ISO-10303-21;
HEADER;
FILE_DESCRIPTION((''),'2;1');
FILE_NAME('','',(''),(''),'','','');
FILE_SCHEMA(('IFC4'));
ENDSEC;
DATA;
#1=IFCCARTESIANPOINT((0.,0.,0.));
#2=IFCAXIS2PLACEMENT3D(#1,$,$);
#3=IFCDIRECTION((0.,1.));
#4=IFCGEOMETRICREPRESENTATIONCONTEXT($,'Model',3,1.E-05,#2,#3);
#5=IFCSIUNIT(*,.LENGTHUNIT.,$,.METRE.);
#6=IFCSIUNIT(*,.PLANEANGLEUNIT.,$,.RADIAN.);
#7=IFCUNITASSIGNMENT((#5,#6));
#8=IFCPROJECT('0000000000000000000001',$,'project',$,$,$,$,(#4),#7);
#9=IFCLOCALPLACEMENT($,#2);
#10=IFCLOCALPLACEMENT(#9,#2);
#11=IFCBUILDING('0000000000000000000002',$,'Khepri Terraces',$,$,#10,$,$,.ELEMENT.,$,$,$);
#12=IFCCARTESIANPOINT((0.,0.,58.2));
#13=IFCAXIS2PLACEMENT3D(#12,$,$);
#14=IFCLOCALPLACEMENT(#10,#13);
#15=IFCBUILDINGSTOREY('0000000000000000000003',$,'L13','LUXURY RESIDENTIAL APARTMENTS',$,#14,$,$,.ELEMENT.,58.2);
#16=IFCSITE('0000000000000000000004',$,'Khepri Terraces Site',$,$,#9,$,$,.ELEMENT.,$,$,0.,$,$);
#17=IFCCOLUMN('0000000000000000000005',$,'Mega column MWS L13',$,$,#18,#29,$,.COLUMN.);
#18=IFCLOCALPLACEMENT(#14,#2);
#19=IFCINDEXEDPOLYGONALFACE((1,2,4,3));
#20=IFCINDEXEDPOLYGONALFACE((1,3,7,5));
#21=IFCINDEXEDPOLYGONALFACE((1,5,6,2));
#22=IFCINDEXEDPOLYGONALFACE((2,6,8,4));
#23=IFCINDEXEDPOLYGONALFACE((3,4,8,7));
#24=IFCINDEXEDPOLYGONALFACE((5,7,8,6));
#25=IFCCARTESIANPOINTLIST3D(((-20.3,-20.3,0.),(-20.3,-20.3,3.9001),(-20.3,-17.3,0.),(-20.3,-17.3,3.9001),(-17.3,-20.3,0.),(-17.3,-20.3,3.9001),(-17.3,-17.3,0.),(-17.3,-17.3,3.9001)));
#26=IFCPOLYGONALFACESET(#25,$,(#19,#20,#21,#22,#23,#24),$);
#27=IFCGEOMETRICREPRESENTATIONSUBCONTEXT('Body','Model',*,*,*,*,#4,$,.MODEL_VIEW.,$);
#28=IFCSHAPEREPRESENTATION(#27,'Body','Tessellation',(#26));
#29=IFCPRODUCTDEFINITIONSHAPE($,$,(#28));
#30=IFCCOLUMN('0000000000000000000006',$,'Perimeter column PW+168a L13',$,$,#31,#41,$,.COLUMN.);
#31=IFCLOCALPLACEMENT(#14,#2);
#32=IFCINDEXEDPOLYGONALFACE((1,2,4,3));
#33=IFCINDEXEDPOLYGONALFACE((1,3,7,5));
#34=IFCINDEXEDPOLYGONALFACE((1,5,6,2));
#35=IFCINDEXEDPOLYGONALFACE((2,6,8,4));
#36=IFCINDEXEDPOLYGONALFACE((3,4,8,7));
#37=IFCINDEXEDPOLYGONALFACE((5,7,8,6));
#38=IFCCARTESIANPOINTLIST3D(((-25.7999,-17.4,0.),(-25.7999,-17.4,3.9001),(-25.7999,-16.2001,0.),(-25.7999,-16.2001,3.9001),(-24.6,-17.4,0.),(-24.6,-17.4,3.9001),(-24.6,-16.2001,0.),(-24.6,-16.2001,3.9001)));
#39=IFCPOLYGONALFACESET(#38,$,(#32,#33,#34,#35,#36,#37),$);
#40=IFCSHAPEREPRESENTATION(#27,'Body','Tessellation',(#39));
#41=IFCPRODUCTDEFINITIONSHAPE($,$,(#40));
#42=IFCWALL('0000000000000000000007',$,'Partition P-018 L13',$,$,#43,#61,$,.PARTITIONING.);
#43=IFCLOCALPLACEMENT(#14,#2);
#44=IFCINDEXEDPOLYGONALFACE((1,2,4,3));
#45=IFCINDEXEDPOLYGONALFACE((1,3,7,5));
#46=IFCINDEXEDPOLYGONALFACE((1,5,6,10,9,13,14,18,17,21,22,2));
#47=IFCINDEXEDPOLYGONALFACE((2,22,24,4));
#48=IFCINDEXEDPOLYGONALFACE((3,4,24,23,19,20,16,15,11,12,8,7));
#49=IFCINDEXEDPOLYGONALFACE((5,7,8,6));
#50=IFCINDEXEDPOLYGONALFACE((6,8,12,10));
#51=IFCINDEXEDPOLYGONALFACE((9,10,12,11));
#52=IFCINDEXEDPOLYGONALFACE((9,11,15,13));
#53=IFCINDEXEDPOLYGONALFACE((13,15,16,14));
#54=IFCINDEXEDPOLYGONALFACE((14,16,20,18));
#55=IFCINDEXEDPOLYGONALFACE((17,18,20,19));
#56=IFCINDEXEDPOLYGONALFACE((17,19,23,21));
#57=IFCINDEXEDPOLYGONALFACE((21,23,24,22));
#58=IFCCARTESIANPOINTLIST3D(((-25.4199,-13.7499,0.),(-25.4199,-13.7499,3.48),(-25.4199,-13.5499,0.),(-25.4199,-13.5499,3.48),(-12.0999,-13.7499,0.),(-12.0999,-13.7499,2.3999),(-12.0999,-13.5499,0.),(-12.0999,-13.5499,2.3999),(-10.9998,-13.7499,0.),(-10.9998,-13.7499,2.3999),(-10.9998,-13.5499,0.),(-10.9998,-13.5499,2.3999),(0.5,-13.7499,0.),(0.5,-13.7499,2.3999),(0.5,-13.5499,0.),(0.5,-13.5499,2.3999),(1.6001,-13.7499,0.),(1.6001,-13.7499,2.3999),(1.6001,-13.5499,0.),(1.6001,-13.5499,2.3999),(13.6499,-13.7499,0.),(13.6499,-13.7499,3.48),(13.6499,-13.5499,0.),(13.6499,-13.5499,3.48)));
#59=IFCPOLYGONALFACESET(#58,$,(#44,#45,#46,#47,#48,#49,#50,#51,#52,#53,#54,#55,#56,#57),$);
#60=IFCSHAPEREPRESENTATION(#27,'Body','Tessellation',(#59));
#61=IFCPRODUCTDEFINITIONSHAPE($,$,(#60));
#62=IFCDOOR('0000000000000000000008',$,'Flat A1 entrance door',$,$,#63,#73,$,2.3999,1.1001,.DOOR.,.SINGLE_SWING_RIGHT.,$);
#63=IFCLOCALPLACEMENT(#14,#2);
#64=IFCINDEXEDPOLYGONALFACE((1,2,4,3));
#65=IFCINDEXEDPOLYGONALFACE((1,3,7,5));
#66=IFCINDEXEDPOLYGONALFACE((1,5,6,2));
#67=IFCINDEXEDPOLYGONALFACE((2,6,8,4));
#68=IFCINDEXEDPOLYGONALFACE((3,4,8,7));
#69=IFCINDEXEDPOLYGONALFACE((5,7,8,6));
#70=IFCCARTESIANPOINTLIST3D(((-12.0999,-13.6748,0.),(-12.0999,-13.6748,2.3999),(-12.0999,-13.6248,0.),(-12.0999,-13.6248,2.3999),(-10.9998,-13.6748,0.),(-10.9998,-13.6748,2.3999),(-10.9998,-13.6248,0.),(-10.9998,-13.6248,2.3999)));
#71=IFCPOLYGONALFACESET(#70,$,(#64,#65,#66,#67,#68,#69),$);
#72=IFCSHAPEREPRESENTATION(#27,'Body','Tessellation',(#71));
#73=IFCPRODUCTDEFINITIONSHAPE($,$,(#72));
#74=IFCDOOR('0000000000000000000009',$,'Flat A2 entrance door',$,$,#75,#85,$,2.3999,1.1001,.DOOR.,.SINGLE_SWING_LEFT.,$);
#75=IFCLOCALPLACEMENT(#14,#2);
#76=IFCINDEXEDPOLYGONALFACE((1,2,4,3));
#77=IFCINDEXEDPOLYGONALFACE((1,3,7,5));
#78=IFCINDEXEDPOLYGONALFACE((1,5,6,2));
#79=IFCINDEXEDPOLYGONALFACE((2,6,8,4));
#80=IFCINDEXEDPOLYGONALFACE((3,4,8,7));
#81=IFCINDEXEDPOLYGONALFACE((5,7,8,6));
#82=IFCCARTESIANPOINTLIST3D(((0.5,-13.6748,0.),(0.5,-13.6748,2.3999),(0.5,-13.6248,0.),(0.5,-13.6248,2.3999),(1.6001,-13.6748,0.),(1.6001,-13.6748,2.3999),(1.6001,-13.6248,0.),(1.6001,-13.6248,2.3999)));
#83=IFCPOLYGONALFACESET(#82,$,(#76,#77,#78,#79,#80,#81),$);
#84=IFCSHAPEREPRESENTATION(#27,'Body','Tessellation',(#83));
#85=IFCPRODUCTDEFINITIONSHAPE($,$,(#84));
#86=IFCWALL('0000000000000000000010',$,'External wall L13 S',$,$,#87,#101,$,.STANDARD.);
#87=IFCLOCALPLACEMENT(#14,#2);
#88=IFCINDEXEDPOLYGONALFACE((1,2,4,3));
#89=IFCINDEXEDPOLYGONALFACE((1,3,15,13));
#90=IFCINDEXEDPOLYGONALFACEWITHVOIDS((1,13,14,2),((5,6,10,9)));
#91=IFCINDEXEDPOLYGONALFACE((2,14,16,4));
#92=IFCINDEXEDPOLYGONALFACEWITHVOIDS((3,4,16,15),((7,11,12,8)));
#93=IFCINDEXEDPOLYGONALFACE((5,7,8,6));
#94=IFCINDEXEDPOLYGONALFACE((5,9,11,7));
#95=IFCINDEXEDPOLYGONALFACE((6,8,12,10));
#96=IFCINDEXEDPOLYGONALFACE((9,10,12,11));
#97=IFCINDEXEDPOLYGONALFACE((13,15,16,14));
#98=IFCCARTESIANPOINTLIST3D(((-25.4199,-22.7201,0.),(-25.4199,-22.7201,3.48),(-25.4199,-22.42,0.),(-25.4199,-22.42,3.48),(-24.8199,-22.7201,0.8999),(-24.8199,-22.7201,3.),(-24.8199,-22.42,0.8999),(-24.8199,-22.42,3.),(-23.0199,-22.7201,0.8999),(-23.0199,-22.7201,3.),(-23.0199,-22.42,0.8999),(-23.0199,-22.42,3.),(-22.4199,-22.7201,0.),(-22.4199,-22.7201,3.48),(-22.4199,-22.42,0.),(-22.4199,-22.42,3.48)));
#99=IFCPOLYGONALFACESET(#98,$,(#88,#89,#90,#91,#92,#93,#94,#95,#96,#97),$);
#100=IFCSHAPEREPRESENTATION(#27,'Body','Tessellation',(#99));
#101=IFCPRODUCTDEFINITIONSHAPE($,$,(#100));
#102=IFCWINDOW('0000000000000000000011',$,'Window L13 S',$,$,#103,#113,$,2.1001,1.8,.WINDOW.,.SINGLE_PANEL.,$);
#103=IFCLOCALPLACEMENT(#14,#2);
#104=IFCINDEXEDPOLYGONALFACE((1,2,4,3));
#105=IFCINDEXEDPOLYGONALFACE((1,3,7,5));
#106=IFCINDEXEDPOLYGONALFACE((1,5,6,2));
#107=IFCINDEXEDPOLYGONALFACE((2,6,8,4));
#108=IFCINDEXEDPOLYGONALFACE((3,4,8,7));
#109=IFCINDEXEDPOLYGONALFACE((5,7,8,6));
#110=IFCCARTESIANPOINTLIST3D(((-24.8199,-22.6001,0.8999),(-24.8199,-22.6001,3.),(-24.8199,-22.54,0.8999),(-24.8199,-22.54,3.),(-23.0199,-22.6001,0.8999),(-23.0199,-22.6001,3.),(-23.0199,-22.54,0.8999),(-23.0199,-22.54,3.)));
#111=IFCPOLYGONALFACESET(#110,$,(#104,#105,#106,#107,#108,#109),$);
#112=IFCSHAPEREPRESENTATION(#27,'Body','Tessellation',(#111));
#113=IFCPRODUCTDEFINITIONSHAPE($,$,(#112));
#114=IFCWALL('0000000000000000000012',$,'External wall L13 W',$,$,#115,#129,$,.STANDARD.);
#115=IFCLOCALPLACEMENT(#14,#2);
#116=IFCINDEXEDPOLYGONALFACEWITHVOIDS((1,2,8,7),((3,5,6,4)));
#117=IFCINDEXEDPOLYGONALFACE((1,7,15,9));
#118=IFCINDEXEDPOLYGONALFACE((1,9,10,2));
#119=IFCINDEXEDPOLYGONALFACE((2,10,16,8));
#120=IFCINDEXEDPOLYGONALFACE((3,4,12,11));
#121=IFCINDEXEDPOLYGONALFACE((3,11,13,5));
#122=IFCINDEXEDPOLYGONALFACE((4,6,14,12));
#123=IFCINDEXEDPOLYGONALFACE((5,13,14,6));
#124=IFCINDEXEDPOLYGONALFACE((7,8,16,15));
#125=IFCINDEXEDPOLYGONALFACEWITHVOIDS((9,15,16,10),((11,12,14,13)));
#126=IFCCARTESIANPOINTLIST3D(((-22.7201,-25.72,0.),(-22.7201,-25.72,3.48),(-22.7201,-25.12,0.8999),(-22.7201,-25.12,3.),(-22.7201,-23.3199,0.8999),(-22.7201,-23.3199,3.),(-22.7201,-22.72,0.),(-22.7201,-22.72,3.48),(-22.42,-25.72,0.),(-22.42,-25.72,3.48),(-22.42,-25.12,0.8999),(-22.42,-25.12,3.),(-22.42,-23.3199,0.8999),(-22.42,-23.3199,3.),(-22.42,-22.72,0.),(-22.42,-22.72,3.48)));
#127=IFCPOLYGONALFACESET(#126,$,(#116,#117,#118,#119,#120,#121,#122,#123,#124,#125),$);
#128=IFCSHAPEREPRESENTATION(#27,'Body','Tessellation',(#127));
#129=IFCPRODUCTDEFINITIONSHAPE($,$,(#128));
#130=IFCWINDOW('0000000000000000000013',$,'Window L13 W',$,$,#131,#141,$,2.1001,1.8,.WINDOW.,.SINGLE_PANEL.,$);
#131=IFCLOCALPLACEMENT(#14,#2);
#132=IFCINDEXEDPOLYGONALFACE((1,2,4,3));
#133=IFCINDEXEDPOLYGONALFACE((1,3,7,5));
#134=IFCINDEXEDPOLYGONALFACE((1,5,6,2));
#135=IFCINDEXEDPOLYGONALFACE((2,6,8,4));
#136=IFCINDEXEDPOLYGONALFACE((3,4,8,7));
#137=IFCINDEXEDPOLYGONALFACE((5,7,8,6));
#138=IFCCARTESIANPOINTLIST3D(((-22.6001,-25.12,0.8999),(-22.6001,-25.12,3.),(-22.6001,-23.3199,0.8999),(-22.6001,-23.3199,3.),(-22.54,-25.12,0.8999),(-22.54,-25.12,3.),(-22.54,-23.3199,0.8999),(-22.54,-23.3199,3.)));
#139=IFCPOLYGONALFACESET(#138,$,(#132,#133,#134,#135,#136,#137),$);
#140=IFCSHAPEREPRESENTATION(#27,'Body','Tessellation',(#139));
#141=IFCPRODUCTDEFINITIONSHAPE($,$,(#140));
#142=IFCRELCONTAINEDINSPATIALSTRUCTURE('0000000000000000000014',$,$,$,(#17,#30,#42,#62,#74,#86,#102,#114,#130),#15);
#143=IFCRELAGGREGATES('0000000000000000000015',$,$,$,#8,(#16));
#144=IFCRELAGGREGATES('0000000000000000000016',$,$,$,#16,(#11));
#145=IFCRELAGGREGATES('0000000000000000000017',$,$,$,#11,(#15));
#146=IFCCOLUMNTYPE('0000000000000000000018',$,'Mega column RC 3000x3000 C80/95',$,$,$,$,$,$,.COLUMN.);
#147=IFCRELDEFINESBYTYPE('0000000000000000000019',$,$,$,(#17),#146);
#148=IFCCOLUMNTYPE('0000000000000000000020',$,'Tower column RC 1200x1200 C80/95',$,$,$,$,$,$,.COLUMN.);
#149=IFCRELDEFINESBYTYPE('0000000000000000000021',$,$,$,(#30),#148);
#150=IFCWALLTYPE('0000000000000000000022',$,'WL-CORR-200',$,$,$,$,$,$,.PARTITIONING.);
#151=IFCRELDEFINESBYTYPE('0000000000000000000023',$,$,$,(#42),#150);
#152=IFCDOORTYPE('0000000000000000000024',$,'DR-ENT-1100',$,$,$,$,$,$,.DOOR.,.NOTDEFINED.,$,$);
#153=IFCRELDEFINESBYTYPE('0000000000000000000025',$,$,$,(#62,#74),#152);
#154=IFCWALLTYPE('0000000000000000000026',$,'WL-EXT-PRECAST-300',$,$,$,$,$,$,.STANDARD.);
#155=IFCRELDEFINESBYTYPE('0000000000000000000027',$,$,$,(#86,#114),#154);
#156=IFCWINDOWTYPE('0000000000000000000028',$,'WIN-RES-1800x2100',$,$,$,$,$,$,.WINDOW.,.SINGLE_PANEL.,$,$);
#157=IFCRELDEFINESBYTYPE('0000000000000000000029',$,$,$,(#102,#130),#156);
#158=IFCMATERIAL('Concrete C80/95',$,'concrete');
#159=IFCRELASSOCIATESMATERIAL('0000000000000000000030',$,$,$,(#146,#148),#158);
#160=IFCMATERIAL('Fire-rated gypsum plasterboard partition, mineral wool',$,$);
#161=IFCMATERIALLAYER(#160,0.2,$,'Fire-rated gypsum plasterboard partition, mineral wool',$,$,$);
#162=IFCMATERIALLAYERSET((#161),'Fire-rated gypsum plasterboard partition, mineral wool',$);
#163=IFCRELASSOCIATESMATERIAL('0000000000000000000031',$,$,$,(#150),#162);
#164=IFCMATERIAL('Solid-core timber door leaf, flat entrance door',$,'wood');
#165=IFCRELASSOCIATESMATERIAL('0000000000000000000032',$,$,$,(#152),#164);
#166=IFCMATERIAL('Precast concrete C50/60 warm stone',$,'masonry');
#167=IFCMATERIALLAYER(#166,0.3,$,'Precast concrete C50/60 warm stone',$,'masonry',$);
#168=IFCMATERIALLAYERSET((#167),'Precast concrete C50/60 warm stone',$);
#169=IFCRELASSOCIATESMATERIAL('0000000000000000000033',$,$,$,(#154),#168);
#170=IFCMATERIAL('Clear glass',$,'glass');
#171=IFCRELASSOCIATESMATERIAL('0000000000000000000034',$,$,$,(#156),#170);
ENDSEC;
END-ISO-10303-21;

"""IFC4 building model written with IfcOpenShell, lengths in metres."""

from ifc_helpers import new_model, si_unit, direction, frame, frame_2d, origin, origin_2d, place, context, subcontext, project, spatial, rectangle, extrude, material, layer, layer_set, material_profile, profile_set, type_object, element, fill, save


model = new_model("IFC4")

# Units and contexts
model_context = context("Model", 3, precision=1e-05, world=origin(), true_north=direction((0.0, 1.0)))
body_context = subcontext(model_context, "Body", "Model", "MODEL_VIEW")
ifc_project = project(units=[si_unit("LENGTHUNIT", "METRE"), si_unit("PLANEANGLEUNIT", "RADIAN")], contexts=[model_context])

# Site, building, storey
site_placement = place(None, origin())
site = spatial("IfcSite", under=ifc_project, at=site_placement, Name="Khepri Terraces Site", CompositionType="ELEMENT", RefElevation=0.0)
building_placement = place(site_placement, origin())
building = spatial("IfcBuilding", under=site, at=building_placement, Name="Khepri Terraces", CompositionType="ELEMENT")
storey_placement = place(building_placement, frame((0.0, 0.0, 58.2)))
storey = spatial("IfcBuildingStorey", under=building, at=storey_placement, Name="L13", Description="LUXURY RESIDENTIAL APARTMENTS", CompositionType="ELEMENT", Elevation=58.2)

# Columns
ifc_material_1 = material(Name="Concrete C80/95", Category="concrete")
ifc_material_profile_1 = material_profile(ifc_material_1, rectangle(XDim=3.0, YDim=3.0, at=origin_2d()), Name="Concrete C80/95", Category="concrete")
ifc_profile_set_1 = profile_set([ifc_material_profile_1], Name="Concrete C80/95")
column_type_1 = type_object("IfcColumnType", Name="Mega column RC 3000x3000 C80/95", PredefinedType="COLUMN", material=ifc_profile_set_1)
column_1_placement = place(storey_placement, frame((-18.8, -18.8, 0.0), z_axis=(0.0, 0.0, 1.0), x_axis=(1.0, 0.0, 0.0)))
element("IfcColumn", 1, at=column_1_placement, inside=storey, type_object=column_type_1, Name="Mega column MWS L13", PredefinedType="COLUMN", context=body_context, shape_type="SweptSolid", body=[
    extrude(rectangle(XDim=3.0, YDim=3.0, at=origin_2d()), origin(), (0.0, 0.0, 1.0), 3.9001),
])
ifc_material_profile_2 = material_profile(ifc_material_1, rectangle(XDim=1.2, YDim=1.2, at=origin_2d()), Name="Concrete C80/95", Category="concrete")
ifc_profile_set_2 = profile_set([ifc_material_profile_2], Name="Concrete C80/95")
column_type_2 = type_object("IfcColumnType", Name="Tower column RC 1200x1200 C80/95", PredefinedType="COLUMN", material=ifc_profile_set_2)
column_2_placement = place(storey_placement, frame((-25.2, -16.8, 0.0), z_axis=(0.0, 0.0, 1.0), x_axis=(1.0, 0.0, 0.0)))
element("IfcColumn", 2, at=column_2_placement, inside=storey, type_object=column_type_2, Name="Perimeter column PW+168a L13", PredefinedType="COLUMN", context=body_context, shape_type="SweptSolid", body=[
    extrude(rectangle(XDim=1.2, YDim=1.2, at=origin_2d()), origin(), (0.0, 0.0, 1.0), 3.9001),
])

# Wall, openings, doors
ifc_material_2 = material(Name="Fire-rated gypsum plasterboard partition, mineral wool")
ifc_layer_1 = layer(ifc_material_2, 0.2, Name="Fire-rated gypsum plasterboard partition, mineral wool")
ifc_layer_set_1 = layer_set([ifc_layer_1], Name="Fire-rated gypsum plasterboard partition, mineral wool")
wall_type_1 = type_object("IfcWallType", Name="WL-CORR-200", PredefinedType="PARTITIONING", material=ifc_layer_set_1)
wall_1_placement = place(storey_placement, frame((-25.4199, -13.6499, 0.0), z_axis=(0.0, 0.0, 1.0), x_axis=(1.0, 0.0, 0.0)))
wall_1 = element("IfcWall", 3, at=wall_1_placement, inside=storey, type_object=wall_type_1, Name="Partition P-018 L13", PredefinedType="PARTITIONING", context=body_context, shape_type="SweptSolid", body=[
    extrude(rectangle(XDim=39.0698, YDim=0.2, at=frame_2d((19.5349, 0.0))), origin(), (0.0, 0.0, 1.0), 3.48),
])
opening_1_placement = place(wall_1_placement, frame((13.3201, 0.0, 0.0)))
opening_1 = element("IfcOpeningElement", 4, at=opening_1_placement, cuts=wall_1, PredefinedType="OPENING", context=body_context, shape_type="SweptSolid", body=[
    extrude(rectangle(XDim=1.1001, YDim=2.3999, at=frame_2d((0.55, 1.2))), frame((0.0, 0.1099, 0.0), z_axis=(0.0, -1.0, 0.0), x_axis=(1.0, 0.0, 0.0)), (0.0, 0.0, 1.0), 0.22),
])
opening_2_placement = place(wall_1_placement, frame((25.9199, 0.0, 0.0)))
opening_2 = element("IfcOpeningElement", 5, at=opening_2_placement, cuts=wall_1, PredefinedType="OPENING", context=body_context, shape_type="SweptSolid", body=[
    extrude(rectangle(XDim=1.1001, YDim=2.3999, at=frame_2d((0.55, 1.2))), frame((0.0, 0.1099, 0.0), z_axis=(0.0, -1.0, 0.0), x_axis=(1.0, 0.0, 0.0)), (0.0, 0.0, 1.0), 0.22),
])
ifc_material_3 = material(Name="Solid-core timber door leaf, flat entrance door", Category="wood")
door_type_1 = type_object("IfcDoorType", Name="DR-ENT-1100", OperationType="NOTDEFINED", PredefinedType="DOOR", material=ifc_material_3)
door_1_placement = place(opening_1_placement, frame((1.1001, 0.0, 0.0), z_axis=(0.0, 0.0, 1.0), x_axis=(-1.0, 0.0, 0.0)))
door_1 = element("IfcDoor", 6, at=door_1_placement, inside=storey, type_object=door_type_1, Name="Flat A1 entrance door", OperationType="SINGLE_SWING_RIGHT", OverallHeight=2.3999, OverallWidth=1.1001, PredefinedType="DOOR", context=body_context, shape_type="SweptSolid", body=[
    extrude(rectangle(XDim=1.1001, YDim=2.3999, at=frame_2d((0.55, 1.2))), frame((0.0, 0.0249, 0.0), z_axis=(0.0, -1.0, 0.0), x_axis=(1.0, 0.0, 0.0)), (0.0, 0.0, 1.0), 0.05),
])
fill(opening_1, door_1)
door_2_placement = place(opening_2_placement, frame((1.1001, 0.0, 0.0), z_axis=(0.0, 0.0, 1.0), x_axis=(-1.0, 0.0, 0.0)))
door_2 = element("IfcDoor", 7, at=door_2_placement, inside=storey, type_object=door_type_1, Name="Flat A2 entrance door", OperationType="SINGLE_SWING_LEFT", OverallHeight=2.3999, OverallWidth=1.1001, PredefinedType="DOOR", context=body_context, shape_type="SweptSolid", body=[
    extrude(rectangle(XDim=1.1001, YDim=2.3999, at=frame_2d((0.55, 1.2))), frame((0.0, 0.0249, 0.0), z_axis=(0.0, -1.0, 0.0), x_axis=(1.0, 0.0, 0.0)), (0.0, 0.0, 1.0), 0.05),
])
fill(opening_2, door_2)

# Shared definitions
ifc_material_4 = material(Name="Precast concrete C50/60 warm stone", Category="masonry")
ifc_layer_2 = layer(ifc_material_4, 0.3, Name="Precast concrete C50/60 warm stone", Category="masonry")
ifc_layer_set_2 = layer_set([ifc_layer_2], Name="Precast concrete C50/60 warm stone")
wall_type_2 = type_object("IfcWallType", Name="WL-EXT-PRECAST-300", PredefinedType="STANDARD", material=ifc_layer_set_2)
ifc_material_5 = material(Name="Clear glass", Category="glass")
window_type = type_object("IfcWindowType", Name="WIN-RES-1800x2100", PartitioningType="SINGLE_PANEL", PredefinedType="WINDOW", material=ifc_material_5)

# Walls, openings, windows
wall_2_placement = place(storey_placement, frame((-25.4199, -22.5701, 0.0), z_axis=(0.0, 0.0, 1.0), x_axis=(1.0, 0.0, 0.0)))
wall_2 = element("IfcWall", 8, at=wall_2_placement, inside=storey, type_object=wall_type_2, Name="External wall L13 S", PredefinedType="STANDARD", context=body_context, shape_type="SweptSolid", body=[
    extrude(rectangle(XDim=3.0, YDim=0.3, at=frame_2d((1.5, 0.0))), origin(), (0.0, 0.0, 1.0), 3.48),
])
opening_3_placement = place(wall_2_placement, frame((0.6001, 0.0, 0.8999)))
opening_3 = element("IfcOpeningElement", 9, at=opening_3_placement, cuts=wall_2, PredefinedType="OPENING", context=body_context, shape_type="SweptSolid", body=[
    extrude(rectangle(XDim=1.8, YDim=2.1001, at=frame_2d((0.8999, 1.05))), frame((0.0, 0.1602, 0.0), z_axis=(0.0, -1.0, 0.0), x_axis=(1.0, 0.0, 0.0)), (0.0, 0.0, 1.0), 0.3201),
])
window_1_placement = place(opening_3_placement, origin())
window_1 = element("IfcWindow", 10, at=window_1_placement, inside=storey, type_object=window_type, Name="Window L13 S", OverallHeight=2.1001, OverallWidth=1.8, PartitioningType="SINGLE_PANEL", PredefinedType="WINDOW", context=body_context, shape_type="SweptSolid", body=[
    extrude(rectangle(XDim=1.8, YDim=2.1001, at=frame_2d((0.8999, 1.05))), frame((0.0, 0.03, 0.0), z_axis=(0.0, -1.0, 0.0), x_axis=(1.0, 0.0, 0.0)), (0.0, 0.0, 1.0), 0.0601),
])
fill(opening_3, window_1)
wall_3_placement = place(storey_placement, frame((-22.5701, -22.72, 0.0), z_axis=(0.0, 0.0, 1.0), x_axis=(0.0, -1.0, 0.0)))
wall_3 = element("IfcWall", 11, at=wall_3_placement, inside=storey, type_object=wall_type_2, Name="External wall L13 W", PredefinedType="STANDARD", context=body_context, shape_type="SweptSolid", body=[
    extrude(rectangle(XDim=3.0, YDim=0.3, at=frame_2d((1.5, 0.0))), origin(), (0.0, 0.0, 1.0), 3.48),
])
opening_4_placement = place(wall_3_placement, frame((0.6001, 0.0, 0.8999)))
opening_4 = element("IfcOpeningElement", 12, at=opening_4_placement, cuts=wall_3, PredefinedType="OPENING", context=body_context, shape_type="SweptSolid", body=[
    extrude(rectangle(XDim=1.8, YDim=2.1001, at=frame_2d((0.8999, 1.05))), frame((0.0, 0.1602, 0.0), z_axis=(0.0, -1.0, 0.0), x_axis=(1.0, 0.0, 0.0)), (0.0, 0.0, 1.0), 0.3201),
])
window_2_placement = place(opening_4_placement, origin())
window_2 = element("IfcWindow", 13, at=window_2_placement, inside=storey, type_object=window_type, Name="Window L13 W", OverallHeight=2.1001, OverallWidth=1.8, PartitioningType="SINGLE_PANEL", PredefinedType="WINDOW", context=body_context, shape_type="SweptSolid", body=[
    extrude(rectangle(XDim=1.8, YDim=2.1001, at=frame_2d((0.8999, 1.05))), frame((0.0, 0.03, 0.0), z_axis=(0.0, -1.0, 0.0), x_axis=(1.0, 0.0, 0.0)), (0.0, 0.0, 1.0), 0.0601),
])
fill(opening_4, window_2)

save(model, "model.ifc")
